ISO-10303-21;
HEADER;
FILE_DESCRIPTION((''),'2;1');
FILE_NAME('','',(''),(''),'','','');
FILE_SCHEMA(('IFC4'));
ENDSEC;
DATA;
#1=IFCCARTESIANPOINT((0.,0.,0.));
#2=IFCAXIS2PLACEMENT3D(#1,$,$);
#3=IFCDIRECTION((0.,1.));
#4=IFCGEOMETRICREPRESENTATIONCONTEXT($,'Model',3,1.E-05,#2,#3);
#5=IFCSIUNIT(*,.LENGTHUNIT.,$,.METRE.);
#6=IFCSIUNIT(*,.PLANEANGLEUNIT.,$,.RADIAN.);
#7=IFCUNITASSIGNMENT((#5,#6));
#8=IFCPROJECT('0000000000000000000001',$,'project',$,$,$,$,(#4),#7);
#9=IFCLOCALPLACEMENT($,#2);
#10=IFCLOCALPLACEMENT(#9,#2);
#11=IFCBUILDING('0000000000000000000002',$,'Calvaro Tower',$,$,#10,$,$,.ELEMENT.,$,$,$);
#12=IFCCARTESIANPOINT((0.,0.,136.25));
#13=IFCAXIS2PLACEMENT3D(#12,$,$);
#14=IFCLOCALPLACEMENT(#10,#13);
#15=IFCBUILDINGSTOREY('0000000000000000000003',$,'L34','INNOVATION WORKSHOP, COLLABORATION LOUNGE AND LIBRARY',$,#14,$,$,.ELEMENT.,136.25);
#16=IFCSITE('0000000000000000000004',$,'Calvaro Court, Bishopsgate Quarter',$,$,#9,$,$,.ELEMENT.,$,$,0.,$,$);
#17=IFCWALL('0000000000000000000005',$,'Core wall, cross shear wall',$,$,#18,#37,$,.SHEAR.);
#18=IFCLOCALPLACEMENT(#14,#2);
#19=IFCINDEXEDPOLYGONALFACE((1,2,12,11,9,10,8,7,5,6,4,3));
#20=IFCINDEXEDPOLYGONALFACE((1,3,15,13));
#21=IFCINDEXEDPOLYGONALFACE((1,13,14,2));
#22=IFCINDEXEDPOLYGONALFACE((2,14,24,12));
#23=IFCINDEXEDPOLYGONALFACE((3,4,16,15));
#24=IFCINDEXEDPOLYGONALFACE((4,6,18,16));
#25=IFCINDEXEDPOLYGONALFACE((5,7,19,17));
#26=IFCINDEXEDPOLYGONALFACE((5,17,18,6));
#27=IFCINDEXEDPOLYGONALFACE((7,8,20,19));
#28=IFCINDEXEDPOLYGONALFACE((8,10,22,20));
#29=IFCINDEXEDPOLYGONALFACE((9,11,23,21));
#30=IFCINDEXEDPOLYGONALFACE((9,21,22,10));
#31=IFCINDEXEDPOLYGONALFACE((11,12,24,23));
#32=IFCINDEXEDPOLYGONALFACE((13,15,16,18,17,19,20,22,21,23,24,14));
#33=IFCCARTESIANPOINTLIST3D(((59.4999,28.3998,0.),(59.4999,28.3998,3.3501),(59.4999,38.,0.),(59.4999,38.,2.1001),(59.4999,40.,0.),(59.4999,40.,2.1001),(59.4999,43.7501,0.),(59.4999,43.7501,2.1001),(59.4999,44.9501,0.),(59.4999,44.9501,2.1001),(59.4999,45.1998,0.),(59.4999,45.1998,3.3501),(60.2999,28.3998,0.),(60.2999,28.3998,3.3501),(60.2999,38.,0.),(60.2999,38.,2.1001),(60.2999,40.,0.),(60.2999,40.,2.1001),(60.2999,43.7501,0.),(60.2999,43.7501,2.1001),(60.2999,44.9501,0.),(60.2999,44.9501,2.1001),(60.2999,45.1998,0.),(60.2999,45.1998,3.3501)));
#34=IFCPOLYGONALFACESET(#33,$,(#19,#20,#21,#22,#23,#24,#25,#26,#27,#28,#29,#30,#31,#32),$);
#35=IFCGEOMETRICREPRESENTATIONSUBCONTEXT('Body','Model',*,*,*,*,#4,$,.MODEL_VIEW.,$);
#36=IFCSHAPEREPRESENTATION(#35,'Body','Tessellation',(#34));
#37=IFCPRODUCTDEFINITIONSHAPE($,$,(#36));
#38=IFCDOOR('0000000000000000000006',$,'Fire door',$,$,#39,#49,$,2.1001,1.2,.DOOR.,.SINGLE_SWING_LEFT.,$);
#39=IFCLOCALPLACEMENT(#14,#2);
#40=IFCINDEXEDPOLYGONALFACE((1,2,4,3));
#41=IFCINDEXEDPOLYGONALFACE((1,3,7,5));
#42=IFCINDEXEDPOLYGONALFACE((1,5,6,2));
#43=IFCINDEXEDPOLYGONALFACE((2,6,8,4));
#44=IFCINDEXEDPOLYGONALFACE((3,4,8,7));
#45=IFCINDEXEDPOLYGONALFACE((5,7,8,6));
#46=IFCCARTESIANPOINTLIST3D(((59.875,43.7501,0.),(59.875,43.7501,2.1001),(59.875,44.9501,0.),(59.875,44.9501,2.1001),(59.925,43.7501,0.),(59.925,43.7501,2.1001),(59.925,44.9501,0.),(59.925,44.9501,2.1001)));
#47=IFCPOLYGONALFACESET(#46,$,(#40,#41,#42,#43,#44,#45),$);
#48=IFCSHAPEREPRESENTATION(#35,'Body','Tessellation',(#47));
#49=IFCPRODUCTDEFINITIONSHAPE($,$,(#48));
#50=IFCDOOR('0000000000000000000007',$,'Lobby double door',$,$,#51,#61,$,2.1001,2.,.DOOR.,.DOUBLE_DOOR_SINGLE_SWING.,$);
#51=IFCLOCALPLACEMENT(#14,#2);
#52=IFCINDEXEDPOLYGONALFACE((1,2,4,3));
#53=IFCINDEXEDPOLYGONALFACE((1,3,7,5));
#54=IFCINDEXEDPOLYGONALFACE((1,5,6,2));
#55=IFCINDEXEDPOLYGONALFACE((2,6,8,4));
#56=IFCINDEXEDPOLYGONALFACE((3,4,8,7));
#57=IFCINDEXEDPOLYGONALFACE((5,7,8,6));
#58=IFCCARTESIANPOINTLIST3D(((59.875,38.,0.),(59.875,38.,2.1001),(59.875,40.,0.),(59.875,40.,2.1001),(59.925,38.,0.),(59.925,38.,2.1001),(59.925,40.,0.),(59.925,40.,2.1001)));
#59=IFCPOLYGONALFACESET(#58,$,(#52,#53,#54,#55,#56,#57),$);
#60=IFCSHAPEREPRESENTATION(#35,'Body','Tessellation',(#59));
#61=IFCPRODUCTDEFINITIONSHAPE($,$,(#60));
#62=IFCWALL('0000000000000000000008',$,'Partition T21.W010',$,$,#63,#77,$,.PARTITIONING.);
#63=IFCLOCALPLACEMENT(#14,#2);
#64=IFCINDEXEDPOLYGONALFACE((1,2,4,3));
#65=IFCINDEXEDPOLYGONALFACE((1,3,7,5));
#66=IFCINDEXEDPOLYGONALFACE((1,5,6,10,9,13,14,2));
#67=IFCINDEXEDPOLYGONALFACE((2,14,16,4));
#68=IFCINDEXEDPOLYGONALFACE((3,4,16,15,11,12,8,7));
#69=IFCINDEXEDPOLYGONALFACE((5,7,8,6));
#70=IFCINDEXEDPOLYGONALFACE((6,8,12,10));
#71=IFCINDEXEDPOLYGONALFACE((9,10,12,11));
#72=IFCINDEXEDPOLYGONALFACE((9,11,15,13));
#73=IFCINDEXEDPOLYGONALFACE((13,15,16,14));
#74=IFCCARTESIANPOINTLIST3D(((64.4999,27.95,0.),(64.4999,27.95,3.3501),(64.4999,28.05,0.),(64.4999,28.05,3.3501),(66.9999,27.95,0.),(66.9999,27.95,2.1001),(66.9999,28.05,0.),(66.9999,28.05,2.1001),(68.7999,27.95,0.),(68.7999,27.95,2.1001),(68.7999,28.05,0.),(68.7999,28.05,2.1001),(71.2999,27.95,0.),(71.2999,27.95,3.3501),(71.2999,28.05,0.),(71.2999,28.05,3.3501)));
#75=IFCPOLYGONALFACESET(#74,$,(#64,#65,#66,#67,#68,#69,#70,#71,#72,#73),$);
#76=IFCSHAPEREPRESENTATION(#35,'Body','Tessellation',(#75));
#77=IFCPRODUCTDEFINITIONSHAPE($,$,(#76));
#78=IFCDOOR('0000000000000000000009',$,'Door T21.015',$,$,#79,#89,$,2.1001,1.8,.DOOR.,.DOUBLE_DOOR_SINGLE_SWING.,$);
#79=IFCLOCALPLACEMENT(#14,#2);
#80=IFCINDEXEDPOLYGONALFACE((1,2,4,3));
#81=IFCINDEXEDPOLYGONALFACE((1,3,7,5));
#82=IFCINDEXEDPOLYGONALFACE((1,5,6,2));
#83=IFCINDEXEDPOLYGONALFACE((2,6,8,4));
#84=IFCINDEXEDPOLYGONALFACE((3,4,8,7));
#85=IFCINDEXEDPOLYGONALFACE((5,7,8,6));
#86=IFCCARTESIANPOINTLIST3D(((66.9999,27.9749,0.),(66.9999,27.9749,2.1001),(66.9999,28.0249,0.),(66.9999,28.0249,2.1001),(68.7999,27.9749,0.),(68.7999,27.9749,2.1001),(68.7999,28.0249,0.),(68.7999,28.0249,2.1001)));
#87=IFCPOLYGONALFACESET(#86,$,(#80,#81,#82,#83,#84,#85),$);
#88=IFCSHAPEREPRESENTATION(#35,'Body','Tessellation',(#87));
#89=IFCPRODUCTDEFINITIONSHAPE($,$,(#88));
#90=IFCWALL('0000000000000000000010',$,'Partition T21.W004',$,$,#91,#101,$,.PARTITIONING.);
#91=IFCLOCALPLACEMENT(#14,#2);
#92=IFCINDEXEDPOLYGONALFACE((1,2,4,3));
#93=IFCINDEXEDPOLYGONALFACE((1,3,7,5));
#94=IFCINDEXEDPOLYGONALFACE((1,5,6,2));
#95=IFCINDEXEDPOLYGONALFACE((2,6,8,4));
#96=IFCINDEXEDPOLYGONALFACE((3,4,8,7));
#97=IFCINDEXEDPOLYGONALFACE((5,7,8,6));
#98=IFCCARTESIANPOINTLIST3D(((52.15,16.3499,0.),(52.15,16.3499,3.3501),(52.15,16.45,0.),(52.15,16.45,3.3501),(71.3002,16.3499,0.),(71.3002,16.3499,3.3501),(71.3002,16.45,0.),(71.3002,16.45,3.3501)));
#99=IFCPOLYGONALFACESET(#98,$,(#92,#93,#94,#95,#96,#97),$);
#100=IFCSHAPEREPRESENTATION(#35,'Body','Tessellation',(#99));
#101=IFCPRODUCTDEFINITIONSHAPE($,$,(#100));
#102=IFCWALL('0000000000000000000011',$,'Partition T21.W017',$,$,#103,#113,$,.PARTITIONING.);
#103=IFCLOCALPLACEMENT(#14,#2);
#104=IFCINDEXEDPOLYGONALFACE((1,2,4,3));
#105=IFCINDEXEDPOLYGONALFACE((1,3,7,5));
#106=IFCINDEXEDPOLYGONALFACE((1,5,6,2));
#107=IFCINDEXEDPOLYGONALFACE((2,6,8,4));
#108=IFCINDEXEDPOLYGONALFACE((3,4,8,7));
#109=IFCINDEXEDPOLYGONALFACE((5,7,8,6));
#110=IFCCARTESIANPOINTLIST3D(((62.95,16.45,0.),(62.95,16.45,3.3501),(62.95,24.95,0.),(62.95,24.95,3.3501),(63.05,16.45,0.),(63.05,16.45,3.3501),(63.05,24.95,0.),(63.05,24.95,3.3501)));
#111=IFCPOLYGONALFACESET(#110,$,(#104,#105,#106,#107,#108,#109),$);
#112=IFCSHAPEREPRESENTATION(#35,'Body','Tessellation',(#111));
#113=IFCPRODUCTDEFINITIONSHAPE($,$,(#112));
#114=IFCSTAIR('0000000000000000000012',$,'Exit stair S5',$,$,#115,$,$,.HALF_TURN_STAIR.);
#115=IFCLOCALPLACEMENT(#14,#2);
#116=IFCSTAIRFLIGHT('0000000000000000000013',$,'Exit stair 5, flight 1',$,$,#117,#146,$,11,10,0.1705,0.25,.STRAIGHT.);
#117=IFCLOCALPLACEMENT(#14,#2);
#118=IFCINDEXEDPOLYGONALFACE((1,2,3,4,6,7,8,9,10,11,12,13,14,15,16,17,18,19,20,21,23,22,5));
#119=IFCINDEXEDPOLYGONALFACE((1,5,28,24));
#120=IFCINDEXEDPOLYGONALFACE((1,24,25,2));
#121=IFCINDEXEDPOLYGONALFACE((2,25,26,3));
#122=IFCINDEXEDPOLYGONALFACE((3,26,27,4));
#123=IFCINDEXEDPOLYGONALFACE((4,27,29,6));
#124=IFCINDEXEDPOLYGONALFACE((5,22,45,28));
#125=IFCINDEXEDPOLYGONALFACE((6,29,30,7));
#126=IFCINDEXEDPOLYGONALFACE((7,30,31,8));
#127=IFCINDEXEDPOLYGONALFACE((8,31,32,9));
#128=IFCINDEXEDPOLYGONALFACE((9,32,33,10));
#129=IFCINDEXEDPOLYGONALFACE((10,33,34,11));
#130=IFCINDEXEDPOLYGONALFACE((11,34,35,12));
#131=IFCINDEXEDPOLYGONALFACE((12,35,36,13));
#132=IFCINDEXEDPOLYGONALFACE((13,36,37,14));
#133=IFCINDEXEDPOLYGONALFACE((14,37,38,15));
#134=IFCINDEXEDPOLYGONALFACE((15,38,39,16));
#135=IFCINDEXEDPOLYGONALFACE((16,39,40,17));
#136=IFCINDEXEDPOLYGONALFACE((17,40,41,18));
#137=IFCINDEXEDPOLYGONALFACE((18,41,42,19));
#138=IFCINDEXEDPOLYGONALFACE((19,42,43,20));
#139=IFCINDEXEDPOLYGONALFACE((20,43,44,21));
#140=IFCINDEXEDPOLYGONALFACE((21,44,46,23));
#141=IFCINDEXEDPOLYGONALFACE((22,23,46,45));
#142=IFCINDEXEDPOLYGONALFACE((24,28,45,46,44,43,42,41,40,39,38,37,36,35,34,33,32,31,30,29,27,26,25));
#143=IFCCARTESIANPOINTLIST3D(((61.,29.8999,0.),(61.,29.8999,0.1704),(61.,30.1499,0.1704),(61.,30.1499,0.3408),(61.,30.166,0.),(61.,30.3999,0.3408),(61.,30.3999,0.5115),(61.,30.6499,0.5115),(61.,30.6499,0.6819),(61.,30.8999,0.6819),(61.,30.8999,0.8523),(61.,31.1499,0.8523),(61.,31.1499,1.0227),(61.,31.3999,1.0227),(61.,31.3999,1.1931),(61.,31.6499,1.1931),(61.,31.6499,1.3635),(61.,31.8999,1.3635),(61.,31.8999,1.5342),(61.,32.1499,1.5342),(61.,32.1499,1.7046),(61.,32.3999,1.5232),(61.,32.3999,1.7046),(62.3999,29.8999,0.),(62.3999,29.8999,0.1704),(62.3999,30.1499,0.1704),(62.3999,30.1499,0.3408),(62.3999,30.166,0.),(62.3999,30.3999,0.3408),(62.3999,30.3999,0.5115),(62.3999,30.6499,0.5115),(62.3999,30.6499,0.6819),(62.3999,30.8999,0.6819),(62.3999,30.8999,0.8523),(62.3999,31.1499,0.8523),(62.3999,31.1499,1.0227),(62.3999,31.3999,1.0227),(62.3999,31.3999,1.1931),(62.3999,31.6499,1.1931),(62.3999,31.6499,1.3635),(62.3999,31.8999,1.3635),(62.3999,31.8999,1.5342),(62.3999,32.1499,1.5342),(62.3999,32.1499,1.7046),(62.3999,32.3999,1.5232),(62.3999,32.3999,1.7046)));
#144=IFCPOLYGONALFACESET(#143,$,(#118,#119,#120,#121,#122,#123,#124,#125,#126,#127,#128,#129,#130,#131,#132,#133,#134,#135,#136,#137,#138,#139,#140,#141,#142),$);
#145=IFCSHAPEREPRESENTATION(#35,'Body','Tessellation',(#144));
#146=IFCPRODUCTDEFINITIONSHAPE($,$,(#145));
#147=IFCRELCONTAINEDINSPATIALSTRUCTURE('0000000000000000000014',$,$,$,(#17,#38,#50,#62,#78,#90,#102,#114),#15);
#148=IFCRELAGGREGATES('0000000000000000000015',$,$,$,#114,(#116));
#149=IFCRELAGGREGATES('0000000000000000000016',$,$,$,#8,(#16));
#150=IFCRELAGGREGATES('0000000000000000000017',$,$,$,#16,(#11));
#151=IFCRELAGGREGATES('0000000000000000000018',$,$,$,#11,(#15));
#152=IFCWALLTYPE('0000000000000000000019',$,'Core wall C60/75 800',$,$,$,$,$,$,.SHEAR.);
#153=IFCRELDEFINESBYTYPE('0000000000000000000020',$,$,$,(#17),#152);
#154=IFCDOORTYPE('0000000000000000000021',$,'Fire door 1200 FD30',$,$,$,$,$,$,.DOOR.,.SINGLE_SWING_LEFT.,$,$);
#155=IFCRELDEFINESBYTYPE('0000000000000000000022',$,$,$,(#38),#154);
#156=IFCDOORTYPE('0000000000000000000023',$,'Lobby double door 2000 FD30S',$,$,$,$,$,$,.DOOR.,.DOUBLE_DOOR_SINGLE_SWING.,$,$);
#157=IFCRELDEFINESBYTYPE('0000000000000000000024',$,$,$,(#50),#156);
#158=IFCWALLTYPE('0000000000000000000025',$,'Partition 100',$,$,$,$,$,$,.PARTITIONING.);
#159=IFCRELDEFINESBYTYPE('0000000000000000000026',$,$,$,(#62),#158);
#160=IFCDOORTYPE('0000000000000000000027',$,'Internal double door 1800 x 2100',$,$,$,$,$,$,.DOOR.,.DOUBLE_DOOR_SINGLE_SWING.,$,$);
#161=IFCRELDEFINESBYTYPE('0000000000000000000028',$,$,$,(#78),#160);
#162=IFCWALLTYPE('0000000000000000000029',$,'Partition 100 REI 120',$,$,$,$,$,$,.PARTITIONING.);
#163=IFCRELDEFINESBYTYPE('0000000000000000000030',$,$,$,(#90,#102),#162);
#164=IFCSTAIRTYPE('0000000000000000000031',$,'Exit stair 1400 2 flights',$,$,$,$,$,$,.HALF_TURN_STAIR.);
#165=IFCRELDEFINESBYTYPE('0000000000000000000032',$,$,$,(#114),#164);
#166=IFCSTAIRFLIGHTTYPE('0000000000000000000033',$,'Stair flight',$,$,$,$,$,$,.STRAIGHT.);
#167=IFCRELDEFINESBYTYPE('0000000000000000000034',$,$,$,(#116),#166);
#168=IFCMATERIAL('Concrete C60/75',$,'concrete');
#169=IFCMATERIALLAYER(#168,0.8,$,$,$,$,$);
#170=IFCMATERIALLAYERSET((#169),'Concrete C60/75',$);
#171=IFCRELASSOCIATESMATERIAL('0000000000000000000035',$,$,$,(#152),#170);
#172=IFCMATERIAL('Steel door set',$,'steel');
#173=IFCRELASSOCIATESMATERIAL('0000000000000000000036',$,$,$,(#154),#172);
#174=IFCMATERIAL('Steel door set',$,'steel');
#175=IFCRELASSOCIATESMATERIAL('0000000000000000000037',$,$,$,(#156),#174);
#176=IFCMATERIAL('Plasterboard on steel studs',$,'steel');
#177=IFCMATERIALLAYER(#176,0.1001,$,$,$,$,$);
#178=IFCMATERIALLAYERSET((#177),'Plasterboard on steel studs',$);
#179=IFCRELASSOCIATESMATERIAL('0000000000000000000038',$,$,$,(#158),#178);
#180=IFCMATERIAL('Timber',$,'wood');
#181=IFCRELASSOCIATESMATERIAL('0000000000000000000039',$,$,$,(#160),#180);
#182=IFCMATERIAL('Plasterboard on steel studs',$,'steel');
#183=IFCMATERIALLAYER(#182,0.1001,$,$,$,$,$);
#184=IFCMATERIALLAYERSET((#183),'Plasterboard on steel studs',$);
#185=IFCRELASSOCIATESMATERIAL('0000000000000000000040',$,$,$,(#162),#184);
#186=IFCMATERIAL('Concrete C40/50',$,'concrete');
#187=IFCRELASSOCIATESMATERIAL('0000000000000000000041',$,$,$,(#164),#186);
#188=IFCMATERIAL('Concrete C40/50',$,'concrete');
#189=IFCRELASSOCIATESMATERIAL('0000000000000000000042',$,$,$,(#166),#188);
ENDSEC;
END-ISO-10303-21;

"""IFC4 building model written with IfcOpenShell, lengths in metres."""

from ifc_helpers import new_model, si_unit, direction, frame, frame_2d, origin, place, context, subcontext, project, spatial, polyline, rectangle, outline, extrude, material, layer, layer_set, type_object, element, fill, aggregate, save


model = new_model("IFC4")

# Units and contexts
model_context = context("Model", 3, precision=1e-05, world=origin(), true_north=direction((0.0, 1.0)))
body_context = subcontext(model_context, "Body", "Model", "MODEL_VIEW")
ifc_project = project(units=[si_unit("LENGTHUNIT", "METRE"), si_unit("PLANEANGLEUNIT", "RADIAN")], contexts=[model_context])

# Site, building, storey
site_placement = place(None, origin())
site = spatial("IfcSite", under=ifc_project, at=site_placement, Name="Calvaro Court, Bishopsgate Quarter", CompositionType="ELEMENT", RefElevation=0.0)
building_placement = place(site_placement, origin())
building = spatial("IfcBuilding", under=site, at=building_placement, Name="Calvaro Tower", CompositionType="ELEMENT")
storey_placement = place(building_placement, frame((0.0, 0.0, 136.25)))
storey = spatial("IfcBuildingStorey", under=building, at=storey_placement, Name="L34", Description="INNOVATION WORKSHOP, COLLABORATION LOUNGE AND LIBRARY", CompositionType="ELEMENT", Elevation=136.25)

# Wall, openings, doors
ifc_material_1 = material(Name="Concrete C60/75", Category="concrete")
ifc_layer_1 = layer(ifc_material_1, 0.8)
ifc_layer_set_1 = layer_set([ifc_layer_1], Name="Concrete C60/75")
wall_type_1 = type_object("IfcWallType", Name="Core wall C60/75 800", PredefinedType="SHEAR", material=ifc_layer_set_1)
wall_1_placement = place(storey_placement, frame((59.8999, 28.3999, 0.0), z_axis=(0.0, 0.0, 1.0), x_axis=(0.0, 1.0, 0.0)))
wall_1 = element("IfcWall", 1, at=wall_1_placement, inside=storey, type_object=wall_type_1, Name="Core wall, cross shear wall", PredefinedType="SHEAR", context=body_context, shape_type="SweptSolid", body=[
    extrude(rectangle(XDim=16.8, YDim=0.8, at=frame_2d((8.3999, 0.0))), origin(), (0.0, 0.0, 1.0), 3.3501),
])
opening_1_placement = place(wall_1_placement, frame((9.6001, 0.0, 0.0)))
opening_1 = element("IfcOpeningElement", 2, at=opening_1_placement, cuts=wall_1, PredefinedType="OPENING", context=body_context, shape_type="SweptSolid", body=[
    extrude(rectangle(XDim=2.0, YDim=2.1001, at=frame_2d((1.0, 1.05))), frame((0.0, 0.4099, 0.0), z_axis=(0.0, -1.0, 0.0), x_axis=(1.0, 0.0, 0.0)), (0.0, 0.0, 1.0), 0.8201),
])
opening_2_placement = place(wall_1_placement, frame((15.3501, 0.0, 0.0)))
opening_2 = element("IfcOpeningElement", 3, at=opening_2_placement, cuts=wall_1, PredefinedType="OPENING", context=body_context, shape_type="SweptSolid", body=[
    extrude(rectangle(XDim=1.2, YDim=2.1001, at=frame_2d((0.6001, 1.05))), frame((0.0, 0.4099, 0.0), z_axis=(0.0, -1.0, 0.0), x_axis=(1.0, 0.0, 0.0)), (0.0, 0.0, 1.0), 0.8201),
])
ifc_material_2 = material(Name="Steel door set", Category="steel")
door_type_1 = type_object("IfcDoorType", Name="Fire door 1200 FD30", OperationType="SINGLE_SWING_LEFT", PredefinedType="DOOR", material=ifc_material_2)
door_1_placement = place(opening_2_placement, origin())
door_1 = element("IfcDoor", 4, at=door_1_placement, inside=storey, type_object=door_type_1, Name="Fire door", OperationType="SINGLE_SWING_LEFT", OverallHeight=2.1001, OverallWidth=1.2, PredefinedType="DOOR", context=body_context, shape_type="SweptSolid", body=[
    extrude(rectangle(XDim=1.2, YDim=2.1001, at=frame_2d((0.6001, 1.05))), frame((0.0, 0.0249, 0.0), z_axis=(0.0, -1.0, 0.0), x_axis=(1.0, 0.0, 0.0)), (0.0, 0.0, 1.0), 0.05),
])
fill(opening_2, door_1)
ifc_material_3 = material(Name="Steel door set", Category="steel")
door_type_2 = type_object("IfcDoorType", Name="Lobby double door 2000 FD30S", OperationType="DOUBLE_DOOR_SINGLE_SWING", PredefinedType="DOOR", material=ifc_material_3)
door_2_placement = place(opening_1_placement, origin())
door_2 = element("IfcDoor", 5, at=door_2_placement, inside=storey, type_object=door_type_2, Name="Lobby double door", OperationType="DOUBLE_DOOR_SINGLE_SWING", OverallHeight=2.1001, OverallWidth=2.0, PredefinedType="DOOR", context=body_context, shape_type="SweptSolid", body=[
    extrude(rectangle(XDim=2.0, YDim=2.1001, at=frame_2d((1.0, 1.05))), frame((0.0, 0.0249, 0.0), z_axis=(0.0, -1.0, 0.0), x_axis=(1.0, 0.0, 0.0)), (0.0, 0.0, 1.0), 0.05),
])
fill(opening_1, door_2)

# Wall, opening, door
ifc_material_4 = material(Name="Plasterboard on steel studs", Category="steel")
ifc_layer_2 = layer(ifc_material_4, 0.1001)
ifc_layer_set_2 = layer_set([ifc_layer_2], Name="Plasterboard on steel studs")
wall_type_2 = type_object("IfcWallType", Name="Partition 100", PredefinedType="PARTITIONING", material=ifc_layer_set_2)
wall_2_placement = place(storey_placement, frame((64.5, 28.0, 0.0), z_axis=(0.0, 0.0, 1.0), x_axis=(1.0, 0.0, 0.0)))
wall_2 = element("IfcWall", 6, at=wall_2_placement, inside=storey, type_object=wall_type_2, Name="Partition T21.W010", PredefinedType="PARTITIONING", context=body_context, shape_type="SweptSolid", body=[
    extrude(rectangle(XDim=6.8, YDim=0.1001, at=frame_2d((3.3999, 0.0))), origin(), (0.0, 0.0, 1.0), 3.3501),
])
opening_3_placement = place(wall_2_placement, frame((2.5, 0.0, 0.0)))
opening_3 = element("IfcOpeningElement", 7, at=opening_3_placement, cuts=wall_2, PredefinedType="OPENING", context=body_context, shape_type="SweptSolid", body=[
    extrude(rectangle(XDim=1.8, YDim=2.1001, at=frame_2d((0.8999, 1.05))), frame((0.0, 0.0601, 0.0), z_axis=(0.0, -1.0, 0.0), x_axis=(1.0, 0.0, 0.0)), (0.0, 0.0, 1.0), 0.1201),
])
ifc_material_5 = material(Name="Timber", Category="wood")
door_type_3 = type_object("IfcDoorType", Name="Internal double door 1800 x 2100", OperationType="DOUBLE_DOOR_SINGLE_SWING", PredefinedType="DOOR", material=ifc_material_5)
door_3_placement = place(opening_3_placement, origin())
door_3 = element("IfcDoor", 8, at=door_3_placement, inside=storey, type_object=door_type_3, Name="Door T21.015", OperationType="DOUBLE_DOOR_SINGLE_SWING", OverallHeight=2.1001, OverallWidth=1.8, PredefinedType="DOOR", context=body_context, shape_type="SweptSolid", body=[
    extrude(rectangle(XDim=1.8, YDim=2.1001, at=frame_2d((0.8999, 1.05))), frame((0.0, 0.0249, 0.0), z_axis=(0.0, -1.0, 0.0), x_axis=(1.0, 0.0, 0.0)), (0.0, 0.0, 1.0), 0.05),
])
fill(opening_3, door_3)

# Walls
ifc_material_6 = material(Name="Plasterboard on steel studs", Category="steel")
ifc_layer_3 = layer(ifc_material_6, 0.1001)
ifc_layer_set_3 = layer_set([ifc_layer_3], Name="Plasterboard on steel studs")
wall_type_3 = type_object("IfcWallType", Name="Partition 100 REI 120", PredefinedType="PARTITIONING", material=ifc_layer_set_3)
wall_3_placement = place(storey_placement, frame((52.1499, 16.3999, 0.0), z_axis=(0.0, 0.0, 1.0), x_axis=(1.0, 0.0, 0.0)))
element("IfcWall", 9, at=wall_3_placement, inside=storey, type_object=wall_type_3, Name="Partition T21.W004", PredefinedType="PARTITIONING", context=body_context, shape_type="SweptSolid", body=[
    extrude(rectangle(XDim=19.1501, YDim=0.1001, at=frame_2d((9.5752, 0.0))), origin(), (0.0, 0.0, 1.0), 3.3501),
])
wall_4_placement = place(storey_placement, frame((63.0, 16.45, 0.0), z_axis=(0.0, 0.0, 1.0), x_axis=(0.0, 1.0, 0.0)))
element("IfcWall", 10, at=wall_4_placement, inside=storey, type_object=wall_type_3, Name="Partition T21.W017", PredefinedType="PARTITIONING", context=body_context, shape_type="SweptSolid", body=[
    extrude(rectangle(XDim=8.5, YDim=0.1001, at=frame_2d((4.25, 0.0))), origin(), (0.0, 0.0, 1.0), 3.3501),
])

# Stair, stair flight
ifc_material_7 = material(Name="Concrete C40/50", Category="concrete")
stair_type = type_object("IfcStairType", Name="Exit stair 1400 2 flights", PredefinedType="HALF_TURN_STAIR", material=ifc_material_7)
stair_1_placement = place(storey_placement, origin())
stair_1 = element("IfcStair", 11, at=stair_1_placement, inside=storey, type_object=stair_type, Name="Exit stair S5", PredefinedType="HALF_TURN_STAIR")
ifc_material_8 = material(Name="Concrete C40/50", Category="concrete")
stair_flight_type = type_object("IfcStairFlightType", Name="Stair flight", PredefinedType="STRAIGHT", material=ifc_material_8)
stair_flight_placement = place(storey_placement, frame((61.7, 29.8999, 0.0), z_axis=(0.0, 0.0, 1.0), x_axis=(0.0, 1.0, 0.0)))
stair_flight = element("IfcStairFlight", 12, at=stair_flight_placement, type_object=stair_flight_type, Name="Exit stair 5, flight 1", NumberOfRisers=11, NumberOfTreads=10, PredefinedType="STRAIGHT", RiserHeight=0.1705, TreadLength=0.25, context=body_context, shape_type="SweptSolid", body=[
    extrude(outline(polyline([(0.0, 0.0), (0.0, 0.1704), (0.25, 0.1704), (0.25, 0.3408), (0.5, 0.3408), (0.5, 0.5115), (0.75, 0.5115), (0.75, 0.6819), (1.0, 0.6819), (1.0, 0.8523), (1.25, 0.8523), (1.25, 1.0227), (1.5, 1.0227), (1.5, 1.1931), (1.75, 1.1931), (1.75, 1.3635), (2.0, 1.3635), (2.0, 1.5342), (2.25, 1.5342), (2.25, 1.7046), (2.5, 1.7046), (2.5, 1.875), (2.5, 1.5232), (0.2661, 0.0), (0.0, 0.0)])), frame((0.0, 0.7, 0.0), z_axis=(0.0, -1.0, 0.0), x_axis=(1.0, 0.0, 0.0)), (0.0, 0.0, 1.0), 1.3999),
])

aggregate(stair_1, [stair_flight])

save(model, "model.ifc")
